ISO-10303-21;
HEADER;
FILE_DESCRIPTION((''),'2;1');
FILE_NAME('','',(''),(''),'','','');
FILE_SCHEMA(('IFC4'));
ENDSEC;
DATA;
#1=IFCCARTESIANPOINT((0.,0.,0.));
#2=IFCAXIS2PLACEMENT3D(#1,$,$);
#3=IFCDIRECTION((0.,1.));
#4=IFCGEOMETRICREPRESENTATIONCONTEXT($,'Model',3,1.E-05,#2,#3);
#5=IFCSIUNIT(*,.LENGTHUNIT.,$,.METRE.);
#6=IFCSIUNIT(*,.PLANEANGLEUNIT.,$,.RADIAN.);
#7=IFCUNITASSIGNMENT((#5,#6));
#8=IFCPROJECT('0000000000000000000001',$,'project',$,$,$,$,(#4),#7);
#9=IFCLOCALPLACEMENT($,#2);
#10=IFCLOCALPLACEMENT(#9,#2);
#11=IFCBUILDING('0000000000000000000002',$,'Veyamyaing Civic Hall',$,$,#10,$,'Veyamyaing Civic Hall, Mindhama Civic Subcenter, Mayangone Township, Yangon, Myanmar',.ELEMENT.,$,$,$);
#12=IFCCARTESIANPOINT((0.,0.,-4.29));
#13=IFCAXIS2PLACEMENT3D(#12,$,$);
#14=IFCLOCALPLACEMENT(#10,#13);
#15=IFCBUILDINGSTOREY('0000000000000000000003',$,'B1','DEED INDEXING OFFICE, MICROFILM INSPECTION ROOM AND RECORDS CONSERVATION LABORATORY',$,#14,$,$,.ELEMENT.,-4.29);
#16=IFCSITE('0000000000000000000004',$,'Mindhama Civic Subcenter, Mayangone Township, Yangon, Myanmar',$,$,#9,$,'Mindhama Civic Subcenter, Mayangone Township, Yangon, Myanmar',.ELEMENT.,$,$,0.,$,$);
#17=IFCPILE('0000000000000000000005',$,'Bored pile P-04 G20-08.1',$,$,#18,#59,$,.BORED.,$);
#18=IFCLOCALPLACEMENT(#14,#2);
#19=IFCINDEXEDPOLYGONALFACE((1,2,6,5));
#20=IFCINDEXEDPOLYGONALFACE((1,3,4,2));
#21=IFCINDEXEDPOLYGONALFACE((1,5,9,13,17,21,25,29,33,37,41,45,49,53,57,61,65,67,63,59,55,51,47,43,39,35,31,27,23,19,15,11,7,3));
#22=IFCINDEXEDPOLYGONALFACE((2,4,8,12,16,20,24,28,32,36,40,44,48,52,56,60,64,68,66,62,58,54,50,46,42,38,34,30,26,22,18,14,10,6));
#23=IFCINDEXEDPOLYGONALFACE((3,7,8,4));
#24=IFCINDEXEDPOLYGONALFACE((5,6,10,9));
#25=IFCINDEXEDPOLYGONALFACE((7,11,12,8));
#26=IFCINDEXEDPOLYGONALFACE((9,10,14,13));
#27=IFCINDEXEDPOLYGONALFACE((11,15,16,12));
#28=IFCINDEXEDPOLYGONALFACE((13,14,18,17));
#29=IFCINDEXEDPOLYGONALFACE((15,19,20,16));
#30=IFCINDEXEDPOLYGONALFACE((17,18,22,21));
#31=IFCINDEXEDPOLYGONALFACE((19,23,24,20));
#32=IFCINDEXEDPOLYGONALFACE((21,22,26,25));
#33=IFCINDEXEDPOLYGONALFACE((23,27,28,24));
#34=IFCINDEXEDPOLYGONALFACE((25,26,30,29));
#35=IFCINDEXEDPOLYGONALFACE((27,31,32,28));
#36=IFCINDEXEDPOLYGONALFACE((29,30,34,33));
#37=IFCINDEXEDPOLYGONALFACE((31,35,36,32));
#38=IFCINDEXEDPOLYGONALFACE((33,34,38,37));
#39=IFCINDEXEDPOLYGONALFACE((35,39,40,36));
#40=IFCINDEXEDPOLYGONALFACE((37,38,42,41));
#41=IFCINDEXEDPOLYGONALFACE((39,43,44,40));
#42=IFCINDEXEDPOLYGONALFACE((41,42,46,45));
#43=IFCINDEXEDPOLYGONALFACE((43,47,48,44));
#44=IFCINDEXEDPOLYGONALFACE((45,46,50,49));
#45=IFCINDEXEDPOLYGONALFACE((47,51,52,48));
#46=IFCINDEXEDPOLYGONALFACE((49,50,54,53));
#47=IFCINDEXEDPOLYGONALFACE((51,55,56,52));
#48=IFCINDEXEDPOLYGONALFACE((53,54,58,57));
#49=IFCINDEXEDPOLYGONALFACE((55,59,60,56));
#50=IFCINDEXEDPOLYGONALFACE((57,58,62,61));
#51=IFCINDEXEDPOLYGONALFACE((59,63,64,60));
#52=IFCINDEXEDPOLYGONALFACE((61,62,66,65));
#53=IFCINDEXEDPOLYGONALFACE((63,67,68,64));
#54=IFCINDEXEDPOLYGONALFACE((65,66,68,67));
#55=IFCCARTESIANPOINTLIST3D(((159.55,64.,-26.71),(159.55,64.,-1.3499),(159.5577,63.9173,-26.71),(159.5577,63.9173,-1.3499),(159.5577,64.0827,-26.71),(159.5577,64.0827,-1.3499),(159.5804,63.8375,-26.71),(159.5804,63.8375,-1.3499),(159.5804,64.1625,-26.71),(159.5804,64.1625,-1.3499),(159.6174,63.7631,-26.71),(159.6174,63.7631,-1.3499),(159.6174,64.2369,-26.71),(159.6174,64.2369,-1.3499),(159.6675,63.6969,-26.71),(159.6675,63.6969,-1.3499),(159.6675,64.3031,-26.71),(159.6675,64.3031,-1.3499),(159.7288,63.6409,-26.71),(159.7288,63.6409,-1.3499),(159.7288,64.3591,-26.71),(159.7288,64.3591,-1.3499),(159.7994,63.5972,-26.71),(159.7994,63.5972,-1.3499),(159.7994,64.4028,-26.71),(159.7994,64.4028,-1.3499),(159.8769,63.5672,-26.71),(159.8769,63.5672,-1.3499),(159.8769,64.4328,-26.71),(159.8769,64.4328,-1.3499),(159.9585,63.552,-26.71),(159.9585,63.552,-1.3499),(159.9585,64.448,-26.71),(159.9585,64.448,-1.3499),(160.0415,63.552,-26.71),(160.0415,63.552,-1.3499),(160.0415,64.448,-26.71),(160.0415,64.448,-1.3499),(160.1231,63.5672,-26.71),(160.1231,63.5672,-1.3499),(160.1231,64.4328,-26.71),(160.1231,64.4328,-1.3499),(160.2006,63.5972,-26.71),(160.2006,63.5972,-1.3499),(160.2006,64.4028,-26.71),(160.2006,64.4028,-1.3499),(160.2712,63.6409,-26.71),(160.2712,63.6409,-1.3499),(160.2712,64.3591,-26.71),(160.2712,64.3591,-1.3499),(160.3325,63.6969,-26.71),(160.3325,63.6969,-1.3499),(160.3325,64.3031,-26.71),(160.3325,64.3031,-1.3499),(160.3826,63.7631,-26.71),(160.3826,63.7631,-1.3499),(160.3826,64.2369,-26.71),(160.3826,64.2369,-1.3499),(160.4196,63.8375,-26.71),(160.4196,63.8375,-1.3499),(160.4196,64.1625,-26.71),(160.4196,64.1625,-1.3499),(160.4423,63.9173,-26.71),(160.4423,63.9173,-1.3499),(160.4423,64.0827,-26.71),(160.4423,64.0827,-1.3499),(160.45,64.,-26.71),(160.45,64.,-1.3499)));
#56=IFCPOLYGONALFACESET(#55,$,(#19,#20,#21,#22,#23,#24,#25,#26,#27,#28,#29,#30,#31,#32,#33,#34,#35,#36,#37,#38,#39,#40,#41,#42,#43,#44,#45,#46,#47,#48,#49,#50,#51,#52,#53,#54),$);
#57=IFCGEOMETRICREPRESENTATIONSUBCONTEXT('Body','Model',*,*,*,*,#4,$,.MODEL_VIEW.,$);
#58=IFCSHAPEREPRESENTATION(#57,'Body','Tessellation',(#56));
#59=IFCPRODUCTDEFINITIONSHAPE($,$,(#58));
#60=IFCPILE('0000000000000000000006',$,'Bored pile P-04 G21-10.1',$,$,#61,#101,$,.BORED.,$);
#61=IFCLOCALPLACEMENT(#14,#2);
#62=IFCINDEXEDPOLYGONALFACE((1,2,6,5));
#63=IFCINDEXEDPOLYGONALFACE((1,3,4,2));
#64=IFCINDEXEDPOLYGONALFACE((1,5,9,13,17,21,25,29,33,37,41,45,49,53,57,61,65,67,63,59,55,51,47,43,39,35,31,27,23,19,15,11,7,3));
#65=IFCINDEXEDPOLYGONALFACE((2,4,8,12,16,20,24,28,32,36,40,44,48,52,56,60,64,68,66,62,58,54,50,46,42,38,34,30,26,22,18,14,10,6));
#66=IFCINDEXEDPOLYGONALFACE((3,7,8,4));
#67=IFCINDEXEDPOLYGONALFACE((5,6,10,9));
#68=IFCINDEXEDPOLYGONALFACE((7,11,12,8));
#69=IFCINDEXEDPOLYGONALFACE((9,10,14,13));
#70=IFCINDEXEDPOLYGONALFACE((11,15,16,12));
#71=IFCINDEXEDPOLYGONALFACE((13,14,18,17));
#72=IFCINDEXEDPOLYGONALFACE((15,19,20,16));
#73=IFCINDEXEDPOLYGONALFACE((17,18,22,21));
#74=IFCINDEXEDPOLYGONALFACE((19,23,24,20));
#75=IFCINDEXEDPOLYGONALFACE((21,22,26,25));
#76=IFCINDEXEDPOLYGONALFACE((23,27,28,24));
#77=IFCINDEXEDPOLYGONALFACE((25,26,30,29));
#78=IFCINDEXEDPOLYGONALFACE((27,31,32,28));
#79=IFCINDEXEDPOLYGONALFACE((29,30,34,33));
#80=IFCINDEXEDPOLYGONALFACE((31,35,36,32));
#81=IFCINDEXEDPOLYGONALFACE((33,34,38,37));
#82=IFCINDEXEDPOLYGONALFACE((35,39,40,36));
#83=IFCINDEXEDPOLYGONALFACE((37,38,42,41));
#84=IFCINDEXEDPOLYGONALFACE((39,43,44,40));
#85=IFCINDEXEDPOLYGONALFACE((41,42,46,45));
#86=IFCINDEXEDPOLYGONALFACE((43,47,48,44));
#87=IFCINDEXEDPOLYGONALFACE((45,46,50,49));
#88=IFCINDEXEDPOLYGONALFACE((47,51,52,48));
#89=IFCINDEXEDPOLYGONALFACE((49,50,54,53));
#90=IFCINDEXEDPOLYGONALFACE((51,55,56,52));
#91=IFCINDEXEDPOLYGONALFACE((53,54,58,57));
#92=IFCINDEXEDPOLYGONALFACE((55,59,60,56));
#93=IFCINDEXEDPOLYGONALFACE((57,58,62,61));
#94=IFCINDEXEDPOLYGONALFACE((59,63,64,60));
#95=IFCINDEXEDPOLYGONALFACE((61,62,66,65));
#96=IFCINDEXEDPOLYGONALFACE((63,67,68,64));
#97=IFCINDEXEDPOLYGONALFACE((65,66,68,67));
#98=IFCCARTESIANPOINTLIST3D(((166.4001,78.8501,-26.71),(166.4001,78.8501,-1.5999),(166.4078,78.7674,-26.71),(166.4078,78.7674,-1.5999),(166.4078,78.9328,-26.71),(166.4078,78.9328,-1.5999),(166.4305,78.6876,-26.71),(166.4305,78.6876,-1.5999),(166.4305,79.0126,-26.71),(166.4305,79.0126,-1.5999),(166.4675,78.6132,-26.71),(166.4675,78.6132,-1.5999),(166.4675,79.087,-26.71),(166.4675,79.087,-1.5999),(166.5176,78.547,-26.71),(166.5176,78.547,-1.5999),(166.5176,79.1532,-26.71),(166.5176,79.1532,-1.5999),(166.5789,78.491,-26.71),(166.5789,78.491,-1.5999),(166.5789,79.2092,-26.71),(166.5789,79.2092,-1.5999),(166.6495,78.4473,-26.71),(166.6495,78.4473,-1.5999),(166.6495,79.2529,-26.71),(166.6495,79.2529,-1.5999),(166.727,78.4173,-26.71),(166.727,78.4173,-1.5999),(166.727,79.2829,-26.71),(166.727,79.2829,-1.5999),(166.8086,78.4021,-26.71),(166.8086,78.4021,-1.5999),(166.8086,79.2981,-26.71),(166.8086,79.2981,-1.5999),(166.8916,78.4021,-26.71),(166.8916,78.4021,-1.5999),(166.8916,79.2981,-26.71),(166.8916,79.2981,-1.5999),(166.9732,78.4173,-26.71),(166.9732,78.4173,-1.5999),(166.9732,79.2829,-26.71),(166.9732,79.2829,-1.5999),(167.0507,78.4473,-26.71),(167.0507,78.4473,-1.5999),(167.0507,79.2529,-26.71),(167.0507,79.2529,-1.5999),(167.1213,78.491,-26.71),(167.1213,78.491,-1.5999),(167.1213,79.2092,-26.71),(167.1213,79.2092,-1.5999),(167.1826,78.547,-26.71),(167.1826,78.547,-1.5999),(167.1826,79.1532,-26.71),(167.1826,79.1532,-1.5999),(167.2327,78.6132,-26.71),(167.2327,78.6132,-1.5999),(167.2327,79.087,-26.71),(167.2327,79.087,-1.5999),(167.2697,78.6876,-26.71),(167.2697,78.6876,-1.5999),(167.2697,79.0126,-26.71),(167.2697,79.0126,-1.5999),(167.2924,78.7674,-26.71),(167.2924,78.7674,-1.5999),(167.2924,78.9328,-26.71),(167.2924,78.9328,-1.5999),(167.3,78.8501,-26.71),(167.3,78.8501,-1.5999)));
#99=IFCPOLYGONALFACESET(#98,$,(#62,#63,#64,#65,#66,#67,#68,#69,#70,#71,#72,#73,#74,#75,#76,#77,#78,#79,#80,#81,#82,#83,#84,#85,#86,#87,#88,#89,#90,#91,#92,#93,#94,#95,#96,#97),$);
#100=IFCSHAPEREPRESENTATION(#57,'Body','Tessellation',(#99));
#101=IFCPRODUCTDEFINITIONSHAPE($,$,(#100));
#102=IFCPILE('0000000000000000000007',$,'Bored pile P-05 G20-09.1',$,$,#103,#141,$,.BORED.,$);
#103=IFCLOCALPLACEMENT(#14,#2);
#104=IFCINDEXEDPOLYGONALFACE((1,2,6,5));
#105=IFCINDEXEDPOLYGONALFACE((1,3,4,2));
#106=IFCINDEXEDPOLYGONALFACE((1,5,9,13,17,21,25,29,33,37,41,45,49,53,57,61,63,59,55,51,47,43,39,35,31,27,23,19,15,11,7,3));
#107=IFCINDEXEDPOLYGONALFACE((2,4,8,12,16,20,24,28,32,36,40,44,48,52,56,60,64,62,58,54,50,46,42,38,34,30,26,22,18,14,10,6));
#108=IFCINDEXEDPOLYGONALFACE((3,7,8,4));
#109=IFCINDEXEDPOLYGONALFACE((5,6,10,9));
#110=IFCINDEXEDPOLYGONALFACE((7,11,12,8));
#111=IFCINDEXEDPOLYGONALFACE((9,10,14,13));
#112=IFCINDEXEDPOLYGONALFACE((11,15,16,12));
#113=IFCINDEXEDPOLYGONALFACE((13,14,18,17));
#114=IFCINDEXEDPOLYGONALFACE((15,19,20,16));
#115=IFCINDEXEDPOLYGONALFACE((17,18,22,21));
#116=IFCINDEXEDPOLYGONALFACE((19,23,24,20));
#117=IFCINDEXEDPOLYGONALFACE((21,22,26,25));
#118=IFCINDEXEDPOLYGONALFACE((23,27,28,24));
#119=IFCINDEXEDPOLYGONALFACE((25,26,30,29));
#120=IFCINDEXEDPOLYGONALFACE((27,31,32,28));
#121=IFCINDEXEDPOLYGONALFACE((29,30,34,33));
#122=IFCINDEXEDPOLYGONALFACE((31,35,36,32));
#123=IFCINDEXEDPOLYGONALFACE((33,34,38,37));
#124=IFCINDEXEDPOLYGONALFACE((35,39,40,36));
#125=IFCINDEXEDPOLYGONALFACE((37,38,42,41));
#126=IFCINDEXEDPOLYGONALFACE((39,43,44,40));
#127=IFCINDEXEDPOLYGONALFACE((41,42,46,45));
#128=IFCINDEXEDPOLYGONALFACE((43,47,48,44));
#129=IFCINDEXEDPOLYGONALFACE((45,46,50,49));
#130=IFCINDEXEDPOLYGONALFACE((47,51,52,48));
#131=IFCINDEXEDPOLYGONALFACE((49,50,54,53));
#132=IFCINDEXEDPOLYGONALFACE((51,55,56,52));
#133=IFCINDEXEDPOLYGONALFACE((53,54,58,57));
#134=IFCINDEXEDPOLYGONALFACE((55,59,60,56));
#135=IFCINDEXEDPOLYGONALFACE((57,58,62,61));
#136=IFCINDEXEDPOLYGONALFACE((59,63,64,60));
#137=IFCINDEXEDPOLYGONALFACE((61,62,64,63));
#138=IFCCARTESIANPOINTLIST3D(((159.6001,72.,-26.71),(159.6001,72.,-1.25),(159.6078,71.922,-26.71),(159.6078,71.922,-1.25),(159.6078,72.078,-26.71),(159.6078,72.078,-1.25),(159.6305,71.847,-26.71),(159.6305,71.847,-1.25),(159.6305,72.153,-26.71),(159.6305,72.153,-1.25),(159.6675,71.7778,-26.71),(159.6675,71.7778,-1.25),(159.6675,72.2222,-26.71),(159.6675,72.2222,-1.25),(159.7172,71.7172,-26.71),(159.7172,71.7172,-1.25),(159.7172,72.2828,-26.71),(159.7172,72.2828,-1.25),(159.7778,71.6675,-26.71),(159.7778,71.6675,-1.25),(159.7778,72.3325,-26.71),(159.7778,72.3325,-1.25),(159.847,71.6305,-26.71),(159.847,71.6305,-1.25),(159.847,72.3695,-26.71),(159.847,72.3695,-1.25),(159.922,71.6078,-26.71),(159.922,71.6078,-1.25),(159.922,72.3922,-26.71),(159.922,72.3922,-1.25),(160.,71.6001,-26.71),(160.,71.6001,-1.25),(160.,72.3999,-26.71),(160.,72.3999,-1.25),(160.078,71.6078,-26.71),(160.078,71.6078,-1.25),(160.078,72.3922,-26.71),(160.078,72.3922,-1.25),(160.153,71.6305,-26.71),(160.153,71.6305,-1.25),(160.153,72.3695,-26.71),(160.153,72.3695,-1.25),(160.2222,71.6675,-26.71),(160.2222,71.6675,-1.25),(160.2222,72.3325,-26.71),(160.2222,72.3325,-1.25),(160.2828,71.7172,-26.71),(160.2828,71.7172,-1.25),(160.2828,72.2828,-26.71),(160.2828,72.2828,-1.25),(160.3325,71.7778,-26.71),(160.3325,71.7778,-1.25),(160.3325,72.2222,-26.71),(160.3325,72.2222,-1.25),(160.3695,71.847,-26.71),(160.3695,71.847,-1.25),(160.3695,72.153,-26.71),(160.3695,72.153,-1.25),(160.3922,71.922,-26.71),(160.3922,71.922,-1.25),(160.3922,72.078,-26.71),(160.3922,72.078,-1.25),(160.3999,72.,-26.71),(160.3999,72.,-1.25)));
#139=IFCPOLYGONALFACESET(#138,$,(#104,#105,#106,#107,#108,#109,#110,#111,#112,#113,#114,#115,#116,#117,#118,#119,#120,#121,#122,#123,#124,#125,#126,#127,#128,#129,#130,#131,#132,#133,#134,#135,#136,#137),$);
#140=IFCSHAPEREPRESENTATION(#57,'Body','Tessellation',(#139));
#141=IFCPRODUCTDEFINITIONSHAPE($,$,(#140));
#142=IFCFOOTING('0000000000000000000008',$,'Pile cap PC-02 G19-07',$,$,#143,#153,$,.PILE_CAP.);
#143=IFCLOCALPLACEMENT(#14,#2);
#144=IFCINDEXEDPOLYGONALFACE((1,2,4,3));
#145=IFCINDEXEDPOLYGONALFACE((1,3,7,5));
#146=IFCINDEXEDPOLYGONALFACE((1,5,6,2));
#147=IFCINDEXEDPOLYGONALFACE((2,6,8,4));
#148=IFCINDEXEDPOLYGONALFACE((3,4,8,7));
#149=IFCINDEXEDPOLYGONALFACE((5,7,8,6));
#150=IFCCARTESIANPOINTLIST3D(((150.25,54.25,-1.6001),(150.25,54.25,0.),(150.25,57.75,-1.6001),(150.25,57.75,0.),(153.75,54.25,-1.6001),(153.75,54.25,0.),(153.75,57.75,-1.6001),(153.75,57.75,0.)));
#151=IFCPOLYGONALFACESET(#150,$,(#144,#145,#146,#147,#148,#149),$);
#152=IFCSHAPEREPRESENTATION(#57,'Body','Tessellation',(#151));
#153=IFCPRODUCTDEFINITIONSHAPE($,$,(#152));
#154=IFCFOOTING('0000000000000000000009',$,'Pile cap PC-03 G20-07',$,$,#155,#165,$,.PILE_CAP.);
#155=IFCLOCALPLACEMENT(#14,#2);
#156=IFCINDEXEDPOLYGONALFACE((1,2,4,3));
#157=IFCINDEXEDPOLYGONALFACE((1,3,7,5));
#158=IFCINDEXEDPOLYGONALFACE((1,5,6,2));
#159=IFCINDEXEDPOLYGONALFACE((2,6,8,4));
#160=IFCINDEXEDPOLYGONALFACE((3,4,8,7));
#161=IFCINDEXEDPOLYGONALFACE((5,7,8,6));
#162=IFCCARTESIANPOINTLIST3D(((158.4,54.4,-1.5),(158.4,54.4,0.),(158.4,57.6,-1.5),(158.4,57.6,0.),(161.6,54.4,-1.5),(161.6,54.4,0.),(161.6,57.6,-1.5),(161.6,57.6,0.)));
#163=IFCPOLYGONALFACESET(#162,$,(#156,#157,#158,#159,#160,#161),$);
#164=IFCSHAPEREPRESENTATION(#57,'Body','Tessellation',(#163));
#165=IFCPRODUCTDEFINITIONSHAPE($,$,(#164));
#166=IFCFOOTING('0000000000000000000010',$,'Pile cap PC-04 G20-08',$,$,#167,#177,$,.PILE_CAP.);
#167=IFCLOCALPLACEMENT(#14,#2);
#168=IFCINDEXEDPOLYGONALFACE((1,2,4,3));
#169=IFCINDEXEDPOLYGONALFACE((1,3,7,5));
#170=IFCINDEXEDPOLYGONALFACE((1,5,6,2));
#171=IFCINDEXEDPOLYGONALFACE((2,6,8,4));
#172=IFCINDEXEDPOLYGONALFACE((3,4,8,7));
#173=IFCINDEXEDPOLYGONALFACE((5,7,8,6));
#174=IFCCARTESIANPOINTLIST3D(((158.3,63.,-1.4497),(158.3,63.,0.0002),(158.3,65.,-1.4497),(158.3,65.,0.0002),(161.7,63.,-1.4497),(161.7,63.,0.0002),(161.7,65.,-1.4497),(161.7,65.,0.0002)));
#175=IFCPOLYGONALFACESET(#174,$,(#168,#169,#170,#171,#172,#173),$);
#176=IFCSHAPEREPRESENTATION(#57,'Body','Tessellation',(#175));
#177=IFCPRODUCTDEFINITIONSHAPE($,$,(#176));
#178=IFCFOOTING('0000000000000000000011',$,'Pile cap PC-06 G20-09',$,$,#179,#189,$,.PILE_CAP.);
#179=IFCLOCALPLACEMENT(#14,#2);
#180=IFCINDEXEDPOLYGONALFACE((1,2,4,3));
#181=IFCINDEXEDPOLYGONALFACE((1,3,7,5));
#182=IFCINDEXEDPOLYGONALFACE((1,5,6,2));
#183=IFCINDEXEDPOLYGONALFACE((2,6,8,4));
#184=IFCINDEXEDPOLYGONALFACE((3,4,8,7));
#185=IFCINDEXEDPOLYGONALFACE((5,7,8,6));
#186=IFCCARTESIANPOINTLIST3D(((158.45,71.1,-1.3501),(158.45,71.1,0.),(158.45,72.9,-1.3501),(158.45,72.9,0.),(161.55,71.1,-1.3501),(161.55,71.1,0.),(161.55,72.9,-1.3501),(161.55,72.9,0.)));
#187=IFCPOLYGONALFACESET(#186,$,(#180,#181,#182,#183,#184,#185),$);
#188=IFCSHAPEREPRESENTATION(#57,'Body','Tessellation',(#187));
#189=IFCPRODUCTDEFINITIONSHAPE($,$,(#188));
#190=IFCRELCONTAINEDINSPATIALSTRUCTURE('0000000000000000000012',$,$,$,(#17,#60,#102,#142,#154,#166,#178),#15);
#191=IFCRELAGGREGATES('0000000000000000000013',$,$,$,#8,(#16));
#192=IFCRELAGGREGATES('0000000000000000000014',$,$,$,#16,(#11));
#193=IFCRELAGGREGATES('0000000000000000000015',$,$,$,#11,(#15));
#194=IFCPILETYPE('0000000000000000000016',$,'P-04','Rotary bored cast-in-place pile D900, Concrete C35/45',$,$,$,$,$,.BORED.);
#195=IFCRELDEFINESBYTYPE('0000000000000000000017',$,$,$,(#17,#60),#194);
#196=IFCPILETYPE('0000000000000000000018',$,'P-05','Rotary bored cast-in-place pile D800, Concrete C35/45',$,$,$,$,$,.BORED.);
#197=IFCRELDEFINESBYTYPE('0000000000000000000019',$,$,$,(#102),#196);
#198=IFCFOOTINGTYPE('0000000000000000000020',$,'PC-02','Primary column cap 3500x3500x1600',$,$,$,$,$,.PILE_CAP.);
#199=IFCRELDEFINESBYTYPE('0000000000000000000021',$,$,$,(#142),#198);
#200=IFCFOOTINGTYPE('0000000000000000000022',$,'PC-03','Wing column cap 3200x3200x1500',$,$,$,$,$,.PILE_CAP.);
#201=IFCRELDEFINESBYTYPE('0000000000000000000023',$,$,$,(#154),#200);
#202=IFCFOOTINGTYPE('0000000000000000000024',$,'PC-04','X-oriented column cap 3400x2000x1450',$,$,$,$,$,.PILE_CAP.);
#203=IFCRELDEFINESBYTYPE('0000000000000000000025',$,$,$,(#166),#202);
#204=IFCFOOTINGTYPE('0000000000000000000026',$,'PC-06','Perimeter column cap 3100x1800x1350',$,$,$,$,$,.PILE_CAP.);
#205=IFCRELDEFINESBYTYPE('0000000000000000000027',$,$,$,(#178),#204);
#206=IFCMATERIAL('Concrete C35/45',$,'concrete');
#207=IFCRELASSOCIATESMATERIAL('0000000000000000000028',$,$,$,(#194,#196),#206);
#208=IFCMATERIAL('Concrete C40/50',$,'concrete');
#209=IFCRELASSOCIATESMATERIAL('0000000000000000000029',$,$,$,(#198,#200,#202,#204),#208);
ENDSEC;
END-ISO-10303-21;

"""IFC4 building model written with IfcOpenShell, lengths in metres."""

from ifc_helpers import new_model, si_unit, direction, frame, origin, origin_2d, place, context, subcontext, project, spatial, rectangle, circle, extrude, material, material_profile, profile_set, type_object, element, save


model = new_model("IFC4")

# Units and contexts
model_context = context("Model", 3, precision=1e-05, world=origin(), true_north=direction((0.0, 1.0)))
body_context = subcontext(model_context, "Body", "Model", "MODEL_VIEW")
ifc_project = project(units=[si_unit("LENGTHUNIT", "METRE"), si_unit("PLANEANGLEUNIT", "RADIAN")], contexts=[model_context])

# Site, building, storey
site_placement = place(None, origin())
site = spatial("IfcSite", under=ifc_project, at=site_placement, Name="Mindhama Civic Subcenter, Mayangone Township, Yangon, Myanmar", LongName="Mindhama Civic Subcenter, Mayangone Township, Yangon, Myanmar", CompositionType="ELEMENT", RefElevation=0.0)
building_placement = place(site_placement, origin())
building = spatial("IfcBuilding", under=site, at=building_placement, Name="Veyamyaing Civic Hall", LongName="Veyamyaing Civic Hall, Mindhama Civic Subcenter, Mayangone Township, Yangon, Myanmar", CompositionType="ELEMENT")
storey_placement = place(building_placement, frame((0.0, 0.0, -4.29)))
storey = spatial("IfcBuildingStorey", under=building, at=storey_placement, Name="B1", Description="DEED INDEXING OFFICE, MICROFILM INSPECTION ROOM AND RECORDS CONSERVATION LABORATORY", CompositionType="ELEMENT", Elevation=-4.29)

# Shared definitions
ifc_material_1 = material(Name="Concrete C40/50", Category="concrete")

# Piles
ifc_material_2 = material(Name="Concrete C35/45", Category="concrete")
ifc_material_profile_1 = material_profile(ifc_material_2, circle(Radius=0.45, at=origin_2d()), Name="PILE-D900")
ifc_profile_set_1 = profile_set([ifc_material_profile_1], Name="Concrete C35/45")
pile_type_1 = type_object("IfcPileType", Name="P-04", Description="Rotary bored cast-in-place pile D900, Concrete C35/45", PredefinedType="BORED", material=ifc_profile_set_1)
pile_1_placement = place(storey_placement, frame((160.0, 64.0, -1.3499), z_axis=(0.0, 0.0, -1.0), x_axis=(1.0, 0.0, 0.0)))
element("IfcPile", 1, at=pile_1_placement, inside=storey, type_object=pile_type_1, Name="Bored pile P-04 G20-08.1", PredefinedType="BORED", context=body_context, shape_type="SweptSolid", body=[
    extrude(circle(Radius=0.45, at=origin_2d()), origin(), (0.0, 0.0, 1.0), 25.3601),
])
pile_2_placement = place(storey_placement, frame((166.8501, 78.8501, -1.5999), z_axis=(0.0, 0.0, -1.0), x_axis=(1.0, 0.0, 0.0)))
element("IfcPile", 2, at=pile_2_placement, inside=storey, type_object=pile_type_1, Name="Bored pile P-04 G21-10.1", PredefinedType="BORED", context=body_context, shape_type="SweptSolid", body=[
    extrude(circle(Radius=0.45, at=origin_2d()), origin(), (0.0, 0.0, 1.0), 25.1101),
])
ifc_material_profile_2 = material_profile(ifc_material_2, circle(Radius=0.3999, at=origin_2d()), Name="PILE-D800")
ifc_profile_set_2 = profile_set([ifc_material_profile_2], Name="Concrete C35/45")
pile_type_2 = type_object("IfcPileType", Name="P-05", Description="Rotary bored cast-in-place pile D800, Concrete C35/45", PredefinedType="BORED", material=ifc_profile_set_2)
pile_3_placement = place(storey_placement, frame((160.0, 72.0, -1.25), z_axis=(0.0, 0.0, -1.0), x_axis=(1.0, 0.0, 0.0)))
element("IfcPile", 3, at=pile_3_placement, inside=storey, type_object=pile_type_2, Name="Bored pile P-05 G20-09.1", PredefinedType="BORED", context=body_context, shape_type="SweptSolid", body=[
    extrude(circle(Radius=0.3999, at=origin_2d()), origin(), (0.0, 0.0, 1.0), 25.46),
])

# Footings
footing_type_1 = type_object("IfcFootingType", Name="PC-02", Description="Primary column cap 3500x3500x1600", PredefinedType="PILE_CAP", material=ifc_material_1)
footing_1_placement = place(storey_placement, frame((152.0, 56.0, -1.6001), z_axis=(0.0, 0.0, 1.0), x_axis=(1.0, 0.0, 0.0)))
element("IfcFooting", 4, at=footing_1_placement, inside=storey, type_object=footing_type_1, Name="Pile cap PC-02 G19-07", PredefinedType="PILE_CAP", context=body_context, shape_type="SweptSolid", body=[
    extrude(rectangle(XDim=3.5, YDim=3.5, at=origin_2d()), origin(), (0.0, 0.0, 1.0), 1.6001),
])
footing_type_2 = type_object("IfcFootingType", Name="PC-03", Description="Wing column cap 3200x3200x1500", PredefinedType="PILE_CAP", material=ifc_material_1)
footing_2_placement = place(storey_placement, frame((160.0, 56.0, -1.5), z_axis=(0.0, 0.0, 1.0), x_axis=(1.0, 0.0, 0.0)))
element("IfcFooting", 5, at=footing_2_placement, inside=storey, type_object=footing_type_2, Name="Pile cap PC-03 G20-07", PredefinedType="PILE_CAP", context=body_context, shape_type="SweptSolid", body=[
    extrude(rectangle(XDim=3.2, YDim=3.2, at=origin_2d()), origin(), (0.0, 0.0, 1.0), 1.5),
])
footing_type_3 = type_object("IfcFootingType", Name="PC-04", Description="X-oriented column cap 3400x2000x1450", PredefinedType="PILE_CAP", material=ifc_material_1)
footing_3_placement = place(storey_placement, frame((160.0, 64.0, -1.4497), z_axis=(0.0, 0.0, 1.0), x_axis=(1.0, 0.0, 0.0)))
element("IfcFooting", 6, at=footing_3_placement, inside=storey, type_object=footing_type_3, Name="Pile cap PC-04 G20-08", PredefinedType="PILE_CAP", context=body_context, shape_type="SweptSolid", body=[
    extrude(rectangle(XDim=3.3999, YDim=2.0, at=origin_2d()), origin(), (0.0, 0.0, 1.0), 1.45),
])
footing_type_4 = type_object("IfcFootingType", Name="PC-06", Description="Perimeter column cap 3100x1800x1350", PredefinedType="PILE_CAP", material=ifc_material_1)
footing_4_placement = place(storey_placement, frame((160.0, 72.0, -1.3501), z_axis=(0.0, 0.0, 1.0), x_axis=(1.0, 0.0, 0.0)))
element("IfcFooting", 7, at=footing_4_placement, inside=storey, type_object=footing_type_4, Name="Pile cap PC-06 G20-09", PredefinedType="PILE_CAP", context=body_context, shape_type="SweptSolid", body=[
    extrude(rectangle(XDim=3.1001, YDim=1.8, at=origin_2d()), origin(), (0.0, 0.0, 1.0), 1.3501),
])

save(model, "model.ifc")
